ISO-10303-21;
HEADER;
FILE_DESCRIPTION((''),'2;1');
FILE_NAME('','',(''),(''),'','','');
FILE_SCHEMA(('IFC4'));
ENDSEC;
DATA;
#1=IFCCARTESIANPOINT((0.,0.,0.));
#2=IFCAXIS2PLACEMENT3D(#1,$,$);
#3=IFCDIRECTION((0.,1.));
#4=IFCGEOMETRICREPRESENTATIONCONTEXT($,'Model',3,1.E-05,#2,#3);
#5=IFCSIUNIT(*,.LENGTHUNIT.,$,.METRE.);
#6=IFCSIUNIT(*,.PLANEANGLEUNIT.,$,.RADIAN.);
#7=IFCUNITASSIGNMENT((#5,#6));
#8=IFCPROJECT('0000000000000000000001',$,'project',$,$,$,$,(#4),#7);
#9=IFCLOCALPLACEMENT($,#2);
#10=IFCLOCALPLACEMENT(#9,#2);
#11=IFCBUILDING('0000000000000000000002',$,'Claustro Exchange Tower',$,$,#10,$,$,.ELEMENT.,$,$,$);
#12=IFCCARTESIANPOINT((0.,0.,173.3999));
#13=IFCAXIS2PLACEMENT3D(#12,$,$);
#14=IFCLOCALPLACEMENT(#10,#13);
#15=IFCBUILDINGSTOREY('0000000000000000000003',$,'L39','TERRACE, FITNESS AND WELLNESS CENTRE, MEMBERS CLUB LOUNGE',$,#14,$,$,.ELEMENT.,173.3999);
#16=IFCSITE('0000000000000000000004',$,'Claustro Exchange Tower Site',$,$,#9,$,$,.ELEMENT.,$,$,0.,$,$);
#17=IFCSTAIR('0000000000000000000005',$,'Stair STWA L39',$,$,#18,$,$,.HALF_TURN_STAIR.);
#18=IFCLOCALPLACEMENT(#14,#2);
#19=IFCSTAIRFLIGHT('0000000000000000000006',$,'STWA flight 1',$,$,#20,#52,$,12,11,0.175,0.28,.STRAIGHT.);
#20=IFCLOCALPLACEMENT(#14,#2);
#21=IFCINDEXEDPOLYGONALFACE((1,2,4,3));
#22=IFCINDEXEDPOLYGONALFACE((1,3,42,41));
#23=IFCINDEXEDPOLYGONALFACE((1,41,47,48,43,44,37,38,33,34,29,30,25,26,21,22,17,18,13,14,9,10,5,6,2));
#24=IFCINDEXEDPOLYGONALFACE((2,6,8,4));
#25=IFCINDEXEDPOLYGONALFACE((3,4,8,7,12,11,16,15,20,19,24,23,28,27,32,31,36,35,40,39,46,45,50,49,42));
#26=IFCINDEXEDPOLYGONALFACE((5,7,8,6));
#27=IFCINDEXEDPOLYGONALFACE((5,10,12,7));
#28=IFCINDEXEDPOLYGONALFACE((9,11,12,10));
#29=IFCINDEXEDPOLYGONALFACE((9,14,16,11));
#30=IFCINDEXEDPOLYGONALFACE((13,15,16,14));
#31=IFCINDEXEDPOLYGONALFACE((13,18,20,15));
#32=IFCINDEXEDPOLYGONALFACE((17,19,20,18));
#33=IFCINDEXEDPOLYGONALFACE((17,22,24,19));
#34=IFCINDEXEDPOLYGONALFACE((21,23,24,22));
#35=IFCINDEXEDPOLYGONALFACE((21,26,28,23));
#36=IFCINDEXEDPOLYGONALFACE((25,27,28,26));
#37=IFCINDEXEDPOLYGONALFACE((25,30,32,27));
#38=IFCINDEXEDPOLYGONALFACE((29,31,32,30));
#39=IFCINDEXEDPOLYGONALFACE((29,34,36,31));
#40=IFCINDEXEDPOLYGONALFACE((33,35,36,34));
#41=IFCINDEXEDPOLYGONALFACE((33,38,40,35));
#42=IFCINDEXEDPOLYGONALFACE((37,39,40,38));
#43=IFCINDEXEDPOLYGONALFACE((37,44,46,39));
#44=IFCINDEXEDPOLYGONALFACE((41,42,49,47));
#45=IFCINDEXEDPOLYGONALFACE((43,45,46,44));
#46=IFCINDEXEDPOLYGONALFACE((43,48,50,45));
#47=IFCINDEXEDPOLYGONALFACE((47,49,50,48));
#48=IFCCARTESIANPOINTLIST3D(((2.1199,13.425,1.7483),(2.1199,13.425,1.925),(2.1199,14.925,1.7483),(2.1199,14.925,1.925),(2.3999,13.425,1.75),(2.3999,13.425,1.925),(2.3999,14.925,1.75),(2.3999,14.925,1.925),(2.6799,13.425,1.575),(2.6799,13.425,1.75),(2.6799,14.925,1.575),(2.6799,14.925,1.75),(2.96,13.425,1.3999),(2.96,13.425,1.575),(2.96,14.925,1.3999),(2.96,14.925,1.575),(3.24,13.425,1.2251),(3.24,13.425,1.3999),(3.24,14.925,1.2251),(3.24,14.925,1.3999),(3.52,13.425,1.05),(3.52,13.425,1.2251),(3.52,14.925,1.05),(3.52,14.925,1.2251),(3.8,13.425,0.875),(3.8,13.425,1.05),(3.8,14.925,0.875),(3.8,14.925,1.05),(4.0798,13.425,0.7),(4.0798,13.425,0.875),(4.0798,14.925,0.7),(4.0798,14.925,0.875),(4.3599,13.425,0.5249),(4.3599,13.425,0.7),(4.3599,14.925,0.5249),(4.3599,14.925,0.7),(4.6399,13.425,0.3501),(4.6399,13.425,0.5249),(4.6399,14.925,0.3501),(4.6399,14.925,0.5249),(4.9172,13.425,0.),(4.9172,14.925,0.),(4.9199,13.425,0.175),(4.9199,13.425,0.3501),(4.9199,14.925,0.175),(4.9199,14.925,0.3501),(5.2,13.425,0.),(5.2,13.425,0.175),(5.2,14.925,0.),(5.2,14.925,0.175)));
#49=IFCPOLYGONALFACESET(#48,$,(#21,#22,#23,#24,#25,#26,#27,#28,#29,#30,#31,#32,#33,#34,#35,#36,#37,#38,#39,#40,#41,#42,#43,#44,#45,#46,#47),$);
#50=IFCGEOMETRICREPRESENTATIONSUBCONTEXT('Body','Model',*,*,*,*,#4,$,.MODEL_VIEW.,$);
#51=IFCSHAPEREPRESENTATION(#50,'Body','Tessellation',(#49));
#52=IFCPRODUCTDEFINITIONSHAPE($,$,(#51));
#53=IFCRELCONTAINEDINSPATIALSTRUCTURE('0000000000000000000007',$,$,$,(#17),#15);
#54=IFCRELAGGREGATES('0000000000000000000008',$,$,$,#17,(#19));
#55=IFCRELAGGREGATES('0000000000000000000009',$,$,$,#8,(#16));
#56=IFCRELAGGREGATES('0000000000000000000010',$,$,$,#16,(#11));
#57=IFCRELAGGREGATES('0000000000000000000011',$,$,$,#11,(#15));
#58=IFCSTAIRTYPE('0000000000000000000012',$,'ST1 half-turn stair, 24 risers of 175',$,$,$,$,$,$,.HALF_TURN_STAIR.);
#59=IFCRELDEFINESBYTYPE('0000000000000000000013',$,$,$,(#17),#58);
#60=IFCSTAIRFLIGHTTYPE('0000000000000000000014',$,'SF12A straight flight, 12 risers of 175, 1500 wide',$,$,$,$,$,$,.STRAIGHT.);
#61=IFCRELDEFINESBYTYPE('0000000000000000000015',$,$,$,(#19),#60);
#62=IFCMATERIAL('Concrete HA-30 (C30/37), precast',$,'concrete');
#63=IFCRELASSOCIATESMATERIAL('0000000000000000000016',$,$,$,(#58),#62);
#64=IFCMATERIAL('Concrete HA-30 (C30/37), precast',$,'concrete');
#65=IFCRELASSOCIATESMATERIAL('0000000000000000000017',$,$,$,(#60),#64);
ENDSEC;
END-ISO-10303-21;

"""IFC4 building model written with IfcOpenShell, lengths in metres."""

from ifc_helpers import new_model, si_unit, direction, frame, origin, place, context, subcontext, project, spatial, polyline, outline, extrude, material, type_object, element, aggregate, save


model = new_model("IFC4")

# Units and contexts
model_context = context("Model", 3, precision=1e-05, world=origin(), true_north=direction((0.0, 1.0)))
body_context = subcontext(model_context, "Body", "Model", "MODEL_VIEW")
ifc_project = project(units=[si_unit("LENGTHUNIT", "METRE"), si_unit("PLANEANGLEUNIT", "RADIAN")], contexts=[model_context])

# Site, building, storey
site_placement = place(None, origin())
site = spatial("IfcSite", under=ifc_project, at=site_placement, Name="Claustro Exchange Tower Site", CompositionType="ELEMENT", RefElevation=0.0)
building_placement = place(site_placement, origin())
building = spatial("IfcBuilding", under=site, at=building_placement, Name="Claustro Exchange Tower", CompositionType="ELEMENT")
storey_placement = place(building_placement, frame((0.0, 0.0, 173.3999)))
storey = spatial("IfcBuildingStorey", under=building, at=storey_placement, Name="L39", Description="TERRACE, FITNESS AND WELLNESS CENTRE, MEMBERS CLUB LOUNGE", CompositionType="ELEMENT", Elevation=173.3999)

# Stair, stair flight
ifc_material_1 = material(Name="Concrete HA-30 (C30/37), precast", Category="concrete")
stair_type = type_object("IfcStairType", Name="ST1 half-turn stair, 24 risers of 175", PredefinedType="HALF_TURN_STAIR", material=ifc_material_1)
stair_placement = place(storey_placement, origin())
stair = element("IfcStair", 1, at=stair_placement, inside=storey, type_object=stair_type, Name="Stair STWA L39", PredefinedType="HALF_TURN_STAIR")
ifc_material_2 = material(Name="Concrete HA-30 (C30/37), precast", Category="concrete")
stair_flight_type = type_object("IfcStairFlightType", Name="SF12A straight flight, 12 risers of 175, 1500 wide", PredefinedType="STRAIGHT", material=ifc_material_2)
stair_flight_placement = place(storey_placement, frame((5.2, 14.175, 0.0), z_axis=(0.0, 0.0, 1.0), x_axis=(-1.0, 0.0, 0.0)))
stair_flight = element("IfcStairFlight", 2, at=stair_flight_placement, type_object=stair_flight_type, Name="STWA flight 1", NumberOfRisers=12, NumberOfTreads=11, PredefinedType="STRAIGHT", RiserHeight=0.175, TreadLength=0.28, context=body_context, shape_type="SweptSolid", body=[
    extrude(outline(polyline([(0.0, 0.0), (0.0, 0.175), (0.28, 0.175), (0.28, 0.3501), (0.5601, 0.3501), (0.5601, 0.5249), (0.8401, 0.5249), (0.8401, 0.7), (1.1201, 0.7), (1.1201, 0.875), (1.3999, 0.875), (1.3999, 1.05), (1.6799, 1.05), (1.6799, 1.2251), (1.96, 1.2251), (1.96, 1.3999), (2.24, 1.3999), (2.24, 1.575), (2.52, 1.575), (2.52, 1.75), (2.8, 1.75), (2.8, 1.925), (3.0801, 1.925), (3.0801, 2.1001), (3.0801, 1.7483), (0.2827, 0.0), (0.0, 0.0)])), frame((0.0, 0.75, 0.0), z_axis=(0.0, -1.0, 0.0), x_axis=(1.0, 0.0, 0.0)), (0.0, 0.0, 1.0), 1.5),
])
aggregate(stair, [stair_flight])

save(model, "model.ifc")
